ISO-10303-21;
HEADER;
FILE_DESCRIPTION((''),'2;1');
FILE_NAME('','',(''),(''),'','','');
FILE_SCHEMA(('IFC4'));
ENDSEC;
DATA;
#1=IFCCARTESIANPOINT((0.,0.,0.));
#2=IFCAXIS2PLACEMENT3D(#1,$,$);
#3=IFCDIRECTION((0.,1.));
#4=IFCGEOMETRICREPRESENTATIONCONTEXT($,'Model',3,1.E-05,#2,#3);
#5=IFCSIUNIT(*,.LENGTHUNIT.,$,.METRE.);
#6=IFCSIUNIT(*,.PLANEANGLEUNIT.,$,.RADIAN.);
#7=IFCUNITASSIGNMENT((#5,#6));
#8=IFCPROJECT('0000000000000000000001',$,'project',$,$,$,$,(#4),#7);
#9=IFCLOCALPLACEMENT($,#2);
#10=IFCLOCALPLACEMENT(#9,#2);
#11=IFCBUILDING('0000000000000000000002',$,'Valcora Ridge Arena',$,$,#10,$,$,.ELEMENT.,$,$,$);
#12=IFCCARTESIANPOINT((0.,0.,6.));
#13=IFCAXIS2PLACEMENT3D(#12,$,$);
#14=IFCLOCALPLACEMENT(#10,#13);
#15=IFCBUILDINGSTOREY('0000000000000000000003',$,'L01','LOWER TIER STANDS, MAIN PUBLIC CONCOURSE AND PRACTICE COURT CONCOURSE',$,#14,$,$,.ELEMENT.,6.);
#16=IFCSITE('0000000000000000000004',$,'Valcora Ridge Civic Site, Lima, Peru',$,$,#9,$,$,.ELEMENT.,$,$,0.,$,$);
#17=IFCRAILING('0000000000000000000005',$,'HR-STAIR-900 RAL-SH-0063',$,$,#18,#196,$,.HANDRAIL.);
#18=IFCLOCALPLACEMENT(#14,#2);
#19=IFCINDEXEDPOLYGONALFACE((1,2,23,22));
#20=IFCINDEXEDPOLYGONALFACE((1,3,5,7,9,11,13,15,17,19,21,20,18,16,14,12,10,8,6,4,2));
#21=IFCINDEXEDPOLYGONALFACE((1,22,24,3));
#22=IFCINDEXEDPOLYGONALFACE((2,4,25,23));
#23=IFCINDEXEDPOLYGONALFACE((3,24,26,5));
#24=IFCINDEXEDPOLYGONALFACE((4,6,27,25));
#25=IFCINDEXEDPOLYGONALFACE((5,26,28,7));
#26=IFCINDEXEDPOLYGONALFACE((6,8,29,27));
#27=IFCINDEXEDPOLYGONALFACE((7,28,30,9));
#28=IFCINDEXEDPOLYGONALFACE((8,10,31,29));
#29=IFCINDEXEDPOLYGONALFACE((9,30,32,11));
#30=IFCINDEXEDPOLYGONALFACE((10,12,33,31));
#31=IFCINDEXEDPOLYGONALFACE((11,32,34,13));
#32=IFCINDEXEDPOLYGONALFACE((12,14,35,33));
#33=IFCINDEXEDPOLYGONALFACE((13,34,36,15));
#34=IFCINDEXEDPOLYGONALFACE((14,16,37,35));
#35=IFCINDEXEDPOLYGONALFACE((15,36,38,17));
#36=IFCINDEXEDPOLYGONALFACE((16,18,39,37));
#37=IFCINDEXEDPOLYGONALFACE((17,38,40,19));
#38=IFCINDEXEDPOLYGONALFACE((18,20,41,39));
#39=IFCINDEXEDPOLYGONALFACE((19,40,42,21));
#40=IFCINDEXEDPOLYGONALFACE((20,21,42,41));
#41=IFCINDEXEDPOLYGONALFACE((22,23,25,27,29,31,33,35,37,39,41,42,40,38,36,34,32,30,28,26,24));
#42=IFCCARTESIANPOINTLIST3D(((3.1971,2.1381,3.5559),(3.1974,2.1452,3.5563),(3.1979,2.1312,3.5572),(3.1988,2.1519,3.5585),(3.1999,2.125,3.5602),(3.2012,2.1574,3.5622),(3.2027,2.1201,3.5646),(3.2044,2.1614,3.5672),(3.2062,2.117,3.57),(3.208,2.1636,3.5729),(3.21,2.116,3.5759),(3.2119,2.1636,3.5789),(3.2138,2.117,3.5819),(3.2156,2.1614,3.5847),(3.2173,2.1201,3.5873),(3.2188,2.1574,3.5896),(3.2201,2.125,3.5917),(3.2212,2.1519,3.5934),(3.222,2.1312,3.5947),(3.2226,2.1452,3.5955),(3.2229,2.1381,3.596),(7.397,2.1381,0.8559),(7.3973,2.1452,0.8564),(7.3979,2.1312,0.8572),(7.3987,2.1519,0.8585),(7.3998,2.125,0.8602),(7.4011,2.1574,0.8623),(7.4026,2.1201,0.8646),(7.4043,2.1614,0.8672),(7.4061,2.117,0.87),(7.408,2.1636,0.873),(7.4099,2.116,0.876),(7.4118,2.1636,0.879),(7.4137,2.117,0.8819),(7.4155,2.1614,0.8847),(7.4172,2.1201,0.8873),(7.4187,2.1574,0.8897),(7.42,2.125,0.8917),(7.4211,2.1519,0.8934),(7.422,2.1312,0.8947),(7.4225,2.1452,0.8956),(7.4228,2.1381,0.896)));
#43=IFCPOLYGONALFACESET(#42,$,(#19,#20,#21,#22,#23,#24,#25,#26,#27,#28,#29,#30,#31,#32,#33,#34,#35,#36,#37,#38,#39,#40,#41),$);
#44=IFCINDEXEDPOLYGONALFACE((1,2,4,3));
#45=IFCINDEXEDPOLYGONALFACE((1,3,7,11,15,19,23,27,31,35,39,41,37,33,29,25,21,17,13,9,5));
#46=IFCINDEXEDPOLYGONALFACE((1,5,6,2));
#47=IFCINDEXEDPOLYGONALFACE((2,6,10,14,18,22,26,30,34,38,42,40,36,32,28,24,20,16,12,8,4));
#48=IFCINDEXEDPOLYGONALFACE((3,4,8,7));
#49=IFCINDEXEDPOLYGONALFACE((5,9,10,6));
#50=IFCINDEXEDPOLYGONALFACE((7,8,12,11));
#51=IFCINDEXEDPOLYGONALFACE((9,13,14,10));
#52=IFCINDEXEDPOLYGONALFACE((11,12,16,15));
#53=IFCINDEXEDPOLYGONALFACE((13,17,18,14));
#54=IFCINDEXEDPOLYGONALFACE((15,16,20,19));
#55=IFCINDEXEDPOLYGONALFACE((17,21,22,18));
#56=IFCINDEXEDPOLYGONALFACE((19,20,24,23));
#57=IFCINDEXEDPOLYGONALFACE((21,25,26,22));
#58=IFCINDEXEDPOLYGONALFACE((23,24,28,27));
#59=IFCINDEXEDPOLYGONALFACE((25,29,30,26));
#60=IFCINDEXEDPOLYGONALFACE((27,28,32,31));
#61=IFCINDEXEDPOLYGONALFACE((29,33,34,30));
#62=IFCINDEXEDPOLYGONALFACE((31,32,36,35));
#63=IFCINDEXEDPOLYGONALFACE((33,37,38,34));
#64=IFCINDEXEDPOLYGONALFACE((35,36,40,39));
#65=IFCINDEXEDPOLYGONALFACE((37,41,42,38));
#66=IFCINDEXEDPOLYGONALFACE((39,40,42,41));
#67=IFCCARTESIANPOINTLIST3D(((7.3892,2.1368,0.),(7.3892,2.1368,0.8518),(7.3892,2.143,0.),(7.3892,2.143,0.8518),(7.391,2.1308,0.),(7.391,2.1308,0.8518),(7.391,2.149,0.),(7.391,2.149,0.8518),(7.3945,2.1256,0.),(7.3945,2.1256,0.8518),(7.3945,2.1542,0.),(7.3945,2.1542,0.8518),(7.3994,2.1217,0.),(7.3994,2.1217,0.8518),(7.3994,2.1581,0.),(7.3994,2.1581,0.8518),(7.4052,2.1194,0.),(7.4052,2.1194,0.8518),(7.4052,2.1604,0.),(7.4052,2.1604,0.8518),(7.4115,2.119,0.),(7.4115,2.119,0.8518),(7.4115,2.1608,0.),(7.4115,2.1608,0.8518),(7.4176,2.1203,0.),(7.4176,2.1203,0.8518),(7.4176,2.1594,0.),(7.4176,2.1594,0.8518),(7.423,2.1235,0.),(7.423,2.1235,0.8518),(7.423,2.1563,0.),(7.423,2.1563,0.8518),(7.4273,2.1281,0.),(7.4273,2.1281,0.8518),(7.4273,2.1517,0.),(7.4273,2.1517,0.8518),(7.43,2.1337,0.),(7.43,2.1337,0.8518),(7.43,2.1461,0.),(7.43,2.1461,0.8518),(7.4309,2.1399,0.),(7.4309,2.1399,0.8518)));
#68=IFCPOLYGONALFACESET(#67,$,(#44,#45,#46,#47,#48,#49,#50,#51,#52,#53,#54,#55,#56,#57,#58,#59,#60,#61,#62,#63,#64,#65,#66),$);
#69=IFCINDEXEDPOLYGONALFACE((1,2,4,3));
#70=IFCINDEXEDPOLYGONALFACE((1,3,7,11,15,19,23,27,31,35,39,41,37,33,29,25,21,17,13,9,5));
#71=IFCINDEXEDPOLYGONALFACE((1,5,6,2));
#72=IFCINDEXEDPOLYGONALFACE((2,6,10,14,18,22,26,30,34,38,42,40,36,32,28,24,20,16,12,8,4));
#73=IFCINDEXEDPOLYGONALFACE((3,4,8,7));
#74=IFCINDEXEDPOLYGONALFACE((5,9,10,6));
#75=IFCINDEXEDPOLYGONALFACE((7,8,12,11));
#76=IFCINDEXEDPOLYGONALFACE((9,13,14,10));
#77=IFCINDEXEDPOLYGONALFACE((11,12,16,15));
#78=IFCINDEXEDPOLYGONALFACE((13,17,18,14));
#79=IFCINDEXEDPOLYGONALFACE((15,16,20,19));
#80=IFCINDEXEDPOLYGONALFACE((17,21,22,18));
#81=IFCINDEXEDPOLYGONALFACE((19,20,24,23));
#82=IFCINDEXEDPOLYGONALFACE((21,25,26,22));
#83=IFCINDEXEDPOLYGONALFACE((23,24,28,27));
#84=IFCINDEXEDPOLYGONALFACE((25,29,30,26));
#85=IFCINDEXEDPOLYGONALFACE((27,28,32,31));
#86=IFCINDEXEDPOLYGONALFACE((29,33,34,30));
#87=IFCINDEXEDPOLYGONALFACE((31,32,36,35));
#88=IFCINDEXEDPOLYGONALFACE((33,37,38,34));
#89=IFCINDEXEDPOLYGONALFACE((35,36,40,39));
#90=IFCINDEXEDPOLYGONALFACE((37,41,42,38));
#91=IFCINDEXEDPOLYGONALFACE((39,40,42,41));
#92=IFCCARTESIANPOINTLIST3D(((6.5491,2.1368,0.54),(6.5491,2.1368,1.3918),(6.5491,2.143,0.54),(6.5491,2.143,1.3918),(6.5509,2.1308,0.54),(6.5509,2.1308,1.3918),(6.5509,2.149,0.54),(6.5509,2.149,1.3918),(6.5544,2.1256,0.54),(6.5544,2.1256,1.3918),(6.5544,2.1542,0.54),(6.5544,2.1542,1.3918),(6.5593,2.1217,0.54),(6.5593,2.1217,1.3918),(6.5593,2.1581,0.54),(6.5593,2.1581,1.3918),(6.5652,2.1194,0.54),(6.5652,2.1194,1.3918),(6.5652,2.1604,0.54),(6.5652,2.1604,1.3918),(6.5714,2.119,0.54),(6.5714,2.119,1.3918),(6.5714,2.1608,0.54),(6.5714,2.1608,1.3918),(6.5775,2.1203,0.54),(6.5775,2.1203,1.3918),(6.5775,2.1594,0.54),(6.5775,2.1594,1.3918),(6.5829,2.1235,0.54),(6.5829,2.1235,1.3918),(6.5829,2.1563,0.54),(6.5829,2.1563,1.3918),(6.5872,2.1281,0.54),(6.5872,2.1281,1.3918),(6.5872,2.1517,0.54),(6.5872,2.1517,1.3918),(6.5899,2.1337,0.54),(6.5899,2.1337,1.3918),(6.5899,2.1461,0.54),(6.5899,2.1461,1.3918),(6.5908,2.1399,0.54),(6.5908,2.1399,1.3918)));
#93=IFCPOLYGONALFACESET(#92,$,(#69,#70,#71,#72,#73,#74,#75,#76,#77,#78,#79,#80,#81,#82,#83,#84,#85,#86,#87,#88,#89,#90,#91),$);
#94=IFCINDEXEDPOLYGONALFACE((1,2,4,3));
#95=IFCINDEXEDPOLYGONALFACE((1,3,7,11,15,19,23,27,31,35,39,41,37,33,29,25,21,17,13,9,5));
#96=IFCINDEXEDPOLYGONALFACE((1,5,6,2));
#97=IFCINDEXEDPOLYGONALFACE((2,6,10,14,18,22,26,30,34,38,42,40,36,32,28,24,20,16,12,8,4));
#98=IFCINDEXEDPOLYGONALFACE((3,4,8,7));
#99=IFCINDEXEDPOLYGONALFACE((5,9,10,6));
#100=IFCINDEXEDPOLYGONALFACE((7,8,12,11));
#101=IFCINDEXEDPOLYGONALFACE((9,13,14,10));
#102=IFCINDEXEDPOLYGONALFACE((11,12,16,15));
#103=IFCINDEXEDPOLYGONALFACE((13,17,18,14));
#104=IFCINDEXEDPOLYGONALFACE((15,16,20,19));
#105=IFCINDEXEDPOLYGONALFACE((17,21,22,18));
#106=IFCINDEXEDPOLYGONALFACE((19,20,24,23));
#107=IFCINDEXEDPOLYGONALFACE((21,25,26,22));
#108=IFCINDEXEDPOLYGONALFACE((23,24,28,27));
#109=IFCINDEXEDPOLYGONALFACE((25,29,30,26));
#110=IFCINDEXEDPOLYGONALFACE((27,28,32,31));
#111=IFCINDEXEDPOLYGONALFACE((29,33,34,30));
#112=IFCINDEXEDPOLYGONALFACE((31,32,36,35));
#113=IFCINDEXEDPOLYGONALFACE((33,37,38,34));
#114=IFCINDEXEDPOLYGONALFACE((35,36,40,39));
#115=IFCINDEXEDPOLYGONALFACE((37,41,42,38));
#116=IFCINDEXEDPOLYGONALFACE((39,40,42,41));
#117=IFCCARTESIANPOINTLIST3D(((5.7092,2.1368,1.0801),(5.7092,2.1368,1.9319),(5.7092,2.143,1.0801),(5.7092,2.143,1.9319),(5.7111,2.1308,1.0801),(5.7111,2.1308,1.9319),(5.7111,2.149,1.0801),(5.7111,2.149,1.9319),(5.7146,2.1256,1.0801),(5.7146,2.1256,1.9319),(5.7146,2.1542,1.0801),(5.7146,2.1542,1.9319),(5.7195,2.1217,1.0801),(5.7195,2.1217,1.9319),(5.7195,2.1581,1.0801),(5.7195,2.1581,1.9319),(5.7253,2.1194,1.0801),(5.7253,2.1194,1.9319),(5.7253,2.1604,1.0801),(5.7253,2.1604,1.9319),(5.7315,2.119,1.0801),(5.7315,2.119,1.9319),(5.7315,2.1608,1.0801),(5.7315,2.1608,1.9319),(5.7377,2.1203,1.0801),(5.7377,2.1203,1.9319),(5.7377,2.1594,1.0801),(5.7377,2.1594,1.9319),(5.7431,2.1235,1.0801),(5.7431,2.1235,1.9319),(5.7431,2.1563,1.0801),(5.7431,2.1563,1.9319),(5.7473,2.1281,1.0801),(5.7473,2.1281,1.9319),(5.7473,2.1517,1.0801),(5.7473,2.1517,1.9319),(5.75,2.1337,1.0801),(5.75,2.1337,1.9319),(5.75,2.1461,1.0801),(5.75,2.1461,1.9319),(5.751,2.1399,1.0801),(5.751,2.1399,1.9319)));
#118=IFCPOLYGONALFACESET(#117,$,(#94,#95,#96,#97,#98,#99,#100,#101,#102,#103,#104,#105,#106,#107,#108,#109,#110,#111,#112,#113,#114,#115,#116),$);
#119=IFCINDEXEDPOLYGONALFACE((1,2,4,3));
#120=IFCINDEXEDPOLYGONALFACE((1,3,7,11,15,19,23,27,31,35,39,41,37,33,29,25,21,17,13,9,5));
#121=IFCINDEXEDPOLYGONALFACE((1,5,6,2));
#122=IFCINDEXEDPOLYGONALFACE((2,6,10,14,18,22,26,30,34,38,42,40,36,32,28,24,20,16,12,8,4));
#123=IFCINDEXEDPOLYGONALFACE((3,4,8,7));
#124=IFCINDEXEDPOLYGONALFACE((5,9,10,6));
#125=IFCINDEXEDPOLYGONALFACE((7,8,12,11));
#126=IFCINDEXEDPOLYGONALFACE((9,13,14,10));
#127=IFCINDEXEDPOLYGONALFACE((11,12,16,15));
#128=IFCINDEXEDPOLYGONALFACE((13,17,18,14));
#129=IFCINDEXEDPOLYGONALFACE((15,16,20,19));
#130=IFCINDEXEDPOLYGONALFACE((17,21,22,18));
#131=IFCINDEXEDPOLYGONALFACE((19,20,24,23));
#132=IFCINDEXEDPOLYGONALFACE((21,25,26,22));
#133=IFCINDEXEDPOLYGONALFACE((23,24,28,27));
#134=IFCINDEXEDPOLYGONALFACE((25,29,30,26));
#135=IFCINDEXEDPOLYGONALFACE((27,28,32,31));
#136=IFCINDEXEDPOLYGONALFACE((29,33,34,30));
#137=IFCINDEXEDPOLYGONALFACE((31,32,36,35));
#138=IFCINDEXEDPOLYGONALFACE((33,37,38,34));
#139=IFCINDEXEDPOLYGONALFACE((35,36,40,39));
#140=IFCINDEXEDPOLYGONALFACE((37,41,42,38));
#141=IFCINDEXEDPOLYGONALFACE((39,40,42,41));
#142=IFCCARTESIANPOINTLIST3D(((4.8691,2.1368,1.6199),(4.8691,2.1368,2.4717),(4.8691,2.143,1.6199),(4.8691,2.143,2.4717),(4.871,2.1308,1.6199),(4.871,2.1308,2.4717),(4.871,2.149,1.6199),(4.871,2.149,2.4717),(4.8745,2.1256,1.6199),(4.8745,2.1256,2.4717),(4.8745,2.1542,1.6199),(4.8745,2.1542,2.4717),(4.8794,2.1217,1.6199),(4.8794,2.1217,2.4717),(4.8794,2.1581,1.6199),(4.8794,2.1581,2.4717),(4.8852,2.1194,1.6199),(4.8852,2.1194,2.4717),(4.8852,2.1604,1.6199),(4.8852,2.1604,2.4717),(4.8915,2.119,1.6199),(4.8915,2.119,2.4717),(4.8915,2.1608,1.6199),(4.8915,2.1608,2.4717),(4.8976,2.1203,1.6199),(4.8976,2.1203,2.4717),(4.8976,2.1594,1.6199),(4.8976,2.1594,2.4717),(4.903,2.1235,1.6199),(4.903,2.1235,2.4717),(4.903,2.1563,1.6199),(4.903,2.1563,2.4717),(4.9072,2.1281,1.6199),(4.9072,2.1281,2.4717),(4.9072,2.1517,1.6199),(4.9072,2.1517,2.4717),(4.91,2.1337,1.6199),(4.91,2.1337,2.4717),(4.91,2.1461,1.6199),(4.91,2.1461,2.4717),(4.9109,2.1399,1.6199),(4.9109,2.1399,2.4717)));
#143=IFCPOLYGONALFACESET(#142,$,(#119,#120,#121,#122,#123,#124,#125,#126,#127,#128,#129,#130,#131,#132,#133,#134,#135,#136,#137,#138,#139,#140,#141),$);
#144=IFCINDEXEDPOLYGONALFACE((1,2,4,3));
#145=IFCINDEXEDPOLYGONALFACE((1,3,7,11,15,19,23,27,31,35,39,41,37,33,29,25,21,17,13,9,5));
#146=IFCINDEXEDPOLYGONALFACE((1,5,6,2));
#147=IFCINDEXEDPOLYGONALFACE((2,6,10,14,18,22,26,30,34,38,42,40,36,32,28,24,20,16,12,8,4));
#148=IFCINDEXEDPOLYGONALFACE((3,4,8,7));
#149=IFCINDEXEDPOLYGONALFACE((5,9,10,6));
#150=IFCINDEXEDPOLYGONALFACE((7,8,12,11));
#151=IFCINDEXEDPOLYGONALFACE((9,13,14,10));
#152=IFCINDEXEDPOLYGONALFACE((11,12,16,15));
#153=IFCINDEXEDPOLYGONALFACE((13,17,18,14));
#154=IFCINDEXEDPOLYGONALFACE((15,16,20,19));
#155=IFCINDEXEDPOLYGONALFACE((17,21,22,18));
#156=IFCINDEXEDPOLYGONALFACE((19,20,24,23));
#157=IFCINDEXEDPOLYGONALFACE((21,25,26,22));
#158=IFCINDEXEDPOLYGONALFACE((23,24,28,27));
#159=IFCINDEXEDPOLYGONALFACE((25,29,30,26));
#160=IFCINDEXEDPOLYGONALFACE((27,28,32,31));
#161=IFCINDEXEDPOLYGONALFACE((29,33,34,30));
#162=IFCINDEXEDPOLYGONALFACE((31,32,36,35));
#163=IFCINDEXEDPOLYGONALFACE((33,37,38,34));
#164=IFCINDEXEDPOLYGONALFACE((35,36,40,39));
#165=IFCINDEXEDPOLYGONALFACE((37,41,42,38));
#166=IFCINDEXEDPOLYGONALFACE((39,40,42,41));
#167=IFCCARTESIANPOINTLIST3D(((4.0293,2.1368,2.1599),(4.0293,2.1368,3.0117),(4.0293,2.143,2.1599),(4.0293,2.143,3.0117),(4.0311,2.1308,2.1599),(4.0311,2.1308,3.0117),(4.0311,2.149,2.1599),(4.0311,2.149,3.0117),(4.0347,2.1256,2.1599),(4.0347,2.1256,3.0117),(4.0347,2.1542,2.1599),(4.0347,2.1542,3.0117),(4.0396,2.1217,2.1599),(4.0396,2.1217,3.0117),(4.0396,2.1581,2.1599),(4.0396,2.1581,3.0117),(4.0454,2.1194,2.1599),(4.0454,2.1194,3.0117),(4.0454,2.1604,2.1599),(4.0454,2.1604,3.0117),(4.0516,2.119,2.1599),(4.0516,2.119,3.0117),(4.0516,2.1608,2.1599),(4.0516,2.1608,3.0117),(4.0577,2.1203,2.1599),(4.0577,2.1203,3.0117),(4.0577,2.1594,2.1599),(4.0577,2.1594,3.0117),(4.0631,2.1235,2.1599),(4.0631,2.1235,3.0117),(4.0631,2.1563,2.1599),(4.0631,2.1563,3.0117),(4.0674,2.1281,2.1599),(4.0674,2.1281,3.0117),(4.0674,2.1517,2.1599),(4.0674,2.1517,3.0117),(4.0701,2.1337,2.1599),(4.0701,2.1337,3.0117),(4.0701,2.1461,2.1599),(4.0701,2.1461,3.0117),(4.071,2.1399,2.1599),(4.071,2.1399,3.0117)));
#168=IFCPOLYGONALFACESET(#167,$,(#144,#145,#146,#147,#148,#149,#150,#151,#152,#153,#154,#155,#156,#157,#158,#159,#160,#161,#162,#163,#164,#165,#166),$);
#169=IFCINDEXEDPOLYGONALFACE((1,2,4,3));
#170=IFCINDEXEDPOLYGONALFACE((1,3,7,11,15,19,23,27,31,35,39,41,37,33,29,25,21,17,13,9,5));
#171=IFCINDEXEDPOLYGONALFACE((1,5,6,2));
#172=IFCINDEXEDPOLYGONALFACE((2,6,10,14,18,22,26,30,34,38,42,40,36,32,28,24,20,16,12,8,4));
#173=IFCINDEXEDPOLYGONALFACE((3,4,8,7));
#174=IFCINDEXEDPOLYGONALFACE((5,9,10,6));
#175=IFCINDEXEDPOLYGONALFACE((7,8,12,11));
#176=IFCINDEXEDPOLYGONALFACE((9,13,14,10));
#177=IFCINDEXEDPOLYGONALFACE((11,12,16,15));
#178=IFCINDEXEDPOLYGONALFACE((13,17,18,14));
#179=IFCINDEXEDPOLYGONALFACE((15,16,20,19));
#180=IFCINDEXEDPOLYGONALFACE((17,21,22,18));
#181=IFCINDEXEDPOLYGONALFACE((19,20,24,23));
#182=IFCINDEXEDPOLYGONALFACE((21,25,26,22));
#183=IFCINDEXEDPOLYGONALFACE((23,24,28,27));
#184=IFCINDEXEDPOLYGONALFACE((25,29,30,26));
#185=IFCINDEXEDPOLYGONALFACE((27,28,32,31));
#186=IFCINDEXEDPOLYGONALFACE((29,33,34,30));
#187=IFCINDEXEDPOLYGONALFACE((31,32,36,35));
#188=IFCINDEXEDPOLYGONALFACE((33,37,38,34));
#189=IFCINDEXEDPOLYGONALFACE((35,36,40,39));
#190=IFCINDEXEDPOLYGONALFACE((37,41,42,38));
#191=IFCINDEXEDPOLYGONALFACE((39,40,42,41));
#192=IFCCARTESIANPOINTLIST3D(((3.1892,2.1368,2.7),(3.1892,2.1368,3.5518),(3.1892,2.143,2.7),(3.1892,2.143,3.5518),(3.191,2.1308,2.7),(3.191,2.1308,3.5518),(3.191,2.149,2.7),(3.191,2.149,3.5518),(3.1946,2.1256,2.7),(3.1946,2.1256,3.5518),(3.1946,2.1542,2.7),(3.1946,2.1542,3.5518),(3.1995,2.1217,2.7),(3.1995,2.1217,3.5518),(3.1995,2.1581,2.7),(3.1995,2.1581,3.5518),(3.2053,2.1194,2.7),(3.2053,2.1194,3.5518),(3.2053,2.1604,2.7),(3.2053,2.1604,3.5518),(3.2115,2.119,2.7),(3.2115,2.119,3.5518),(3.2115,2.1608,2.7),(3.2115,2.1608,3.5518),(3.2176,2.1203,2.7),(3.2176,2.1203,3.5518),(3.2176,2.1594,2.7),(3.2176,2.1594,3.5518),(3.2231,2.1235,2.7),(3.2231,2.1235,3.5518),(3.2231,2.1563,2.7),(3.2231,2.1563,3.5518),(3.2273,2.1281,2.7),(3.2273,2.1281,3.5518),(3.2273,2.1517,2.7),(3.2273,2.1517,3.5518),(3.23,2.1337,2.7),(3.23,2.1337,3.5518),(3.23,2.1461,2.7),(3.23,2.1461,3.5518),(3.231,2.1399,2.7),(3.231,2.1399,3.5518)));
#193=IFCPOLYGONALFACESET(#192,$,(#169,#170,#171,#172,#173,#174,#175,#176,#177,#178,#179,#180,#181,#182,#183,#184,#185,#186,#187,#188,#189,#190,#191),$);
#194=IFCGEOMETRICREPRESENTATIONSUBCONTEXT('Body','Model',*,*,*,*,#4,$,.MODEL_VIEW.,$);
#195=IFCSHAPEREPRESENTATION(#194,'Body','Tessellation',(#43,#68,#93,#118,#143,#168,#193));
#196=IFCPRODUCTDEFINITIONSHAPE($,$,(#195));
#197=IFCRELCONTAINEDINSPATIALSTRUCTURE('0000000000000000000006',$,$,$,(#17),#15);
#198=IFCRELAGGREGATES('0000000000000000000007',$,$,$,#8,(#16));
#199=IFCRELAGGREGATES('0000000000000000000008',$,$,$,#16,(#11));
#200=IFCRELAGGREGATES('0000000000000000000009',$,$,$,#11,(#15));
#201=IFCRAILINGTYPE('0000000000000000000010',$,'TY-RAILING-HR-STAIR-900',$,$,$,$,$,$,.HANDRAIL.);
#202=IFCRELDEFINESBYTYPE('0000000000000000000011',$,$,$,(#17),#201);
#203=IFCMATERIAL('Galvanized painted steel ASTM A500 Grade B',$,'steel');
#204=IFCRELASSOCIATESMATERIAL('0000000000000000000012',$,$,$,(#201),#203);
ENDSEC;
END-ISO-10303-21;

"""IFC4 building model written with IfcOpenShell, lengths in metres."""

from ifc_helpers import new_model, si_unit, direction, frame, origin, origin_2d, place, context, subcontext, project, spatial, circle, extrude, material, type_object, element, save


model = new_model("IFC4")

# Units and contexts
model_context = context("Model", 3, precision=1e-05, world=origin(), true_north=direction((0.0, 1.0)))
body_context = subcontext(model_context, "Body", "Model", "MODEL_VIEW")
ifc_project = project(units=[si_unit("LENGTHUNIT", "METRE"), si_unit("PLANEANGLEUNIT", "RADIAN")], contexts=[model_context])

# Site, building, storey
site_placement = place(None, origin())
site = spatial("IfcSite", under=ifc_project, at=site_placement, Name="Valcora Ridge Civic Site, Lima, Peru", CompositionType="ELEMENT", RefElevation=0.0)
building_placement = place(site_placement, origin())
building = spatial("IfcBuilding", under=site, at=building_placement, Name="Valcora Ridge Arena", CompositionType="ELEMENT")
storey_placement = place(building_placement, frame((0.0, 0.0, 6.0)))
storey = spatial("IfcBuildingStorey", under=building, at=storey_placement, Name="L01", Description="LOWER TIER STANDS, MAIN PUBLIC CONCOURSE AND PRACTICE COURT CONCOURSE", CompositionType="ELEMENT", Elevation=6.0)

# Railing
ifc_material_1 = material(Name="Galvanized painted steel ASTM A500 Grade B", Category="steel")
railing_type_1 = type_object("IfcRailingType", Name="TY-RAILING-HR-STAIR-900", PredefinedType="HANDRAIL", material=ifc_material_1)
railing_1_placement = place(storey_placement, frame((7.4099, 2.1399, 0.0)))
element("IfcRailing", 1, at=railing_1_placement, inside=storey, type_object=railing_type_1, Name="HR-STAIR-900 RAL-SH-0063", PredefinedType="HANDRAIL", context=body_context, shape_type="SweptSolid", body=[
    extrude(circle(Radius=0.0239, at=origin_2d()), frame((0.0, 0.0, 0.876), z_axis=(-0.84118, 0.0, 0.540755), x_axis=(0.0, -1.0, 0.0)), (0.0, 0.0, 1.0), 4.9929),
    extrude(circle(Radius=0.021, at=origin_2d()), origin(), (0.0, 0.0, 1.0), 0.8518),
    extrude(circle(Radius=0.021, at=origin_2d()), frame((-0.8401, 0.0, 0.54)), (0.0, 0.0, 1.0), 0.8518),
    extrude(circle(Radius=0.021, at=origin_2d()), frame((-1.6799, 0.0, 1.0801)), (0.0, 0.0, 1.0), 0.8518),
    extrude(circle(Radius=0.021, at=origin_2d()), frame((-2.52, 0.0, 1.6199)), (0.0, 0.0, 1.0), 0.8518),
    extrude(circle(Radius=0.021, at=origin_2d()), frame((-3.3599, 0.0, 2.1599)), (0.0, 0.0, 1.0), 0.8518),
    extrude(circle(Radius=0.021, at=origin_2d()), frame((-4.2, 0.0, 2.7)), (0.0, 0.0, 1.0), 0.8518),
])

save(model, "model.ifc")
